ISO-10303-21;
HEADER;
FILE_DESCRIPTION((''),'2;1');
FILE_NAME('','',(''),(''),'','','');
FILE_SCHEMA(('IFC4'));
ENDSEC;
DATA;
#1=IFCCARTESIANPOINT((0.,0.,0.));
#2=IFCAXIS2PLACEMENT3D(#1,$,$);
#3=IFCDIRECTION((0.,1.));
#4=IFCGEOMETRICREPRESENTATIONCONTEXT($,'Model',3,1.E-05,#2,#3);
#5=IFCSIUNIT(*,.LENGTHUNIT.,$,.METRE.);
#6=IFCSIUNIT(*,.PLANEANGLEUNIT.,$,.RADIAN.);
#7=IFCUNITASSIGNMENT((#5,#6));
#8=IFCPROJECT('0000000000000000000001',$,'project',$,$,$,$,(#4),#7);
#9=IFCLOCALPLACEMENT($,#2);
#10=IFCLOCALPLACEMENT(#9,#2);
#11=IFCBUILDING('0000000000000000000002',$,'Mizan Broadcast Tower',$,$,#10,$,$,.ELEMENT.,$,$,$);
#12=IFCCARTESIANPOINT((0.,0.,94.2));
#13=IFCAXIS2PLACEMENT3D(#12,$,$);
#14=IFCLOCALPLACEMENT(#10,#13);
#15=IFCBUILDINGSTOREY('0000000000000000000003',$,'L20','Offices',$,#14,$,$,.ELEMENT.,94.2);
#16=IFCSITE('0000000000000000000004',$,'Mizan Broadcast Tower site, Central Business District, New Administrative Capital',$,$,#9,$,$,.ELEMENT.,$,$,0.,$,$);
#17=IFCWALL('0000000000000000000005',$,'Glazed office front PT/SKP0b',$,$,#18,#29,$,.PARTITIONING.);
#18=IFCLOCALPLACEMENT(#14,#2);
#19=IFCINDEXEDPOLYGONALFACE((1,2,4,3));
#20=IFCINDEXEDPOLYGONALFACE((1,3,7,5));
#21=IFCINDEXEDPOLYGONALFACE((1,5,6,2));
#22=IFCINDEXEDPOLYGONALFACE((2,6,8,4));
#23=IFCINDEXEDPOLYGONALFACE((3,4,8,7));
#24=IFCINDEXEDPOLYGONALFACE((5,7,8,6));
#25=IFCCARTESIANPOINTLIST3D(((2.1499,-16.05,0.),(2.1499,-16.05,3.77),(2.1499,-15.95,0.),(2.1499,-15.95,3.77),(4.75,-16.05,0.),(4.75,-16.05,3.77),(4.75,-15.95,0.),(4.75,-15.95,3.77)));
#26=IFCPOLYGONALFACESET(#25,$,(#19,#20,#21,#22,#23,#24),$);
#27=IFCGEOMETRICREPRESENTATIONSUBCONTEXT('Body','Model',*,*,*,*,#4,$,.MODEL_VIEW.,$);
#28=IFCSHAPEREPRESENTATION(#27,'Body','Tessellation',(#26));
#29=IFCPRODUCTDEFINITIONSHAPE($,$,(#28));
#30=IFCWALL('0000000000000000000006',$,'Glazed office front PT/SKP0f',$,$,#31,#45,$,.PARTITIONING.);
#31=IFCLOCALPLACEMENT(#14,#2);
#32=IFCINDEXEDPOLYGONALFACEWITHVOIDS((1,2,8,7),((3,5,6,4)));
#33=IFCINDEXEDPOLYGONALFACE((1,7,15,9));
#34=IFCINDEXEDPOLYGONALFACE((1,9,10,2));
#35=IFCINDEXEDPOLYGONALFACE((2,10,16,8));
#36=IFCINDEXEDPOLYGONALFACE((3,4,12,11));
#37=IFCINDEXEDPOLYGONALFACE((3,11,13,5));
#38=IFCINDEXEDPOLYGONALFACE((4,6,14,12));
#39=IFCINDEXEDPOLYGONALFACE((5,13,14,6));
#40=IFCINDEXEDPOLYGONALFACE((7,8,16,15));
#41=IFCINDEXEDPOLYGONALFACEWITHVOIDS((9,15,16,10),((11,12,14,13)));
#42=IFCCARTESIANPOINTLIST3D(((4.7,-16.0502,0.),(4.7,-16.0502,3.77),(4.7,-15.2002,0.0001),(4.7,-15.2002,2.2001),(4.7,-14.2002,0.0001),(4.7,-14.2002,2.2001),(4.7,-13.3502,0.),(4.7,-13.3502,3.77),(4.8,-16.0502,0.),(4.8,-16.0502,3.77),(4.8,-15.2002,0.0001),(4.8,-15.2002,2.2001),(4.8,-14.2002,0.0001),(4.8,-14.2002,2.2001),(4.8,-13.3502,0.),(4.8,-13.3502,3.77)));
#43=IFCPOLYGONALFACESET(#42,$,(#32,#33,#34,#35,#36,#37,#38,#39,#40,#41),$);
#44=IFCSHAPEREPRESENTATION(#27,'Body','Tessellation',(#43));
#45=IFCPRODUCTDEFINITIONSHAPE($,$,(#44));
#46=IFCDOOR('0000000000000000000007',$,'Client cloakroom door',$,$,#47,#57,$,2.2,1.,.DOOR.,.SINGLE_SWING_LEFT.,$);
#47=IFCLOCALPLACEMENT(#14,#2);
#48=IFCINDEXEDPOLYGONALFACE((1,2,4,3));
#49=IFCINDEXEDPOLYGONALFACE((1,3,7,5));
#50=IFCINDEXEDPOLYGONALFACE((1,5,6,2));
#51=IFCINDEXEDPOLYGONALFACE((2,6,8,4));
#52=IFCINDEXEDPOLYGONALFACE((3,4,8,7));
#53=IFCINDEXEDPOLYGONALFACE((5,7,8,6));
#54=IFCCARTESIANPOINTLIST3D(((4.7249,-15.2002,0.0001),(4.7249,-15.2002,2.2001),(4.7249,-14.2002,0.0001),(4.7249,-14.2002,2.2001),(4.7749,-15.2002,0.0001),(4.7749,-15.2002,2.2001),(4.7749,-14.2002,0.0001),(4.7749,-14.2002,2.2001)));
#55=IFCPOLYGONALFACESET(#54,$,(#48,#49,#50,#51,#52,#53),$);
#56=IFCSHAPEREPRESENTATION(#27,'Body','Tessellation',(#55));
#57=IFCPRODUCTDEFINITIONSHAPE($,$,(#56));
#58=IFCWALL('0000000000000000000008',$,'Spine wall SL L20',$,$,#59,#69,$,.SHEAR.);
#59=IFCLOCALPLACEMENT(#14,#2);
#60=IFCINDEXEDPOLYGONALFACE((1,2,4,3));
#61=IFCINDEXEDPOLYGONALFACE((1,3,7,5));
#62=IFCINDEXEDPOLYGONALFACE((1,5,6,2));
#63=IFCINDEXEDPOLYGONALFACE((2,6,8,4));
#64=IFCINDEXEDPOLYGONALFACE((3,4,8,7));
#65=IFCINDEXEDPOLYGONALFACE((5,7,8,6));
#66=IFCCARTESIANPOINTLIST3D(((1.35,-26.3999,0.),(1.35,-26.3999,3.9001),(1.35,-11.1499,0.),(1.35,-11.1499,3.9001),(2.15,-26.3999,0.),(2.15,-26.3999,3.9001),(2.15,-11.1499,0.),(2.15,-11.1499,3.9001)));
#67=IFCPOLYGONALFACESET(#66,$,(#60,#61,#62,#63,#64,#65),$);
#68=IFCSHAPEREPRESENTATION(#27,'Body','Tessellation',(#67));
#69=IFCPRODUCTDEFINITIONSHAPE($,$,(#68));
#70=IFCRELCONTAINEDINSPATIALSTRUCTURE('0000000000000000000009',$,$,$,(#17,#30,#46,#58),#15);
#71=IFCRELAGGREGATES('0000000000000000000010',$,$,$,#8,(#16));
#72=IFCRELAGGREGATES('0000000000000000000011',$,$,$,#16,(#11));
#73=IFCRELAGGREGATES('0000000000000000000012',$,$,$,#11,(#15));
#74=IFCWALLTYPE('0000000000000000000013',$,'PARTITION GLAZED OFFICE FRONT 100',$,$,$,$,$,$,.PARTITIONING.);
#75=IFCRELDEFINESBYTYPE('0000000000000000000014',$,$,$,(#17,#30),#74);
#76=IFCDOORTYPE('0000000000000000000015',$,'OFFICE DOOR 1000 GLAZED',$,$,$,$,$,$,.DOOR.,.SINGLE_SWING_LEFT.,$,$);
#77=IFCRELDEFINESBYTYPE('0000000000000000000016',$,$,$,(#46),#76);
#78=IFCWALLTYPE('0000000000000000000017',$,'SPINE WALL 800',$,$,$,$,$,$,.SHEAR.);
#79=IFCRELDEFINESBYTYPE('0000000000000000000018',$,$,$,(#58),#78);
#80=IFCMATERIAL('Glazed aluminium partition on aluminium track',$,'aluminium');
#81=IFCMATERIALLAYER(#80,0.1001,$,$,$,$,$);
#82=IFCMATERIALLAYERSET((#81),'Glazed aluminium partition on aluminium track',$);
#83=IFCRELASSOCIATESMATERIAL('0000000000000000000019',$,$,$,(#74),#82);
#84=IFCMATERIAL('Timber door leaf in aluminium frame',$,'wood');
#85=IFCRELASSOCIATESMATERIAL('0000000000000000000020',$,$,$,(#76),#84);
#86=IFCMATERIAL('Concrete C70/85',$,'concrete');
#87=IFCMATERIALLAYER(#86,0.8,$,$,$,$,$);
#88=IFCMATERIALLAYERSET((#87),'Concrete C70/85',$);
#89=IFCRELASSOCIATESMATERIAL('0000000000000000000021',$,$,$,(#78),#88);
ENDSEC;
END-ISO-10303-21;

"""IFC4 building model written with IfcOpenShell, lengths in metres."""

from ifc_helpers import new_model, si_unit, direction, frame, frame_2d, origin, place, context, subcontext, project, spatial, rectangle, extrude, material, layer, layer_set, type_object, element, fill, save


model = new_model("IFC4")

# Units and contexts
model_context = context("Model", 3, precision=1e-05, world=origin(), true_north=direction((0.0, 1.0)))
body_context = subcontext(model_context, "Body", "Model", "MODEL_VIEW")
ifc_project = project(units=[si_unit("LENGTHUNIT", "METRE"), si_unit("PLANEANGLEUNIT", "RADIAN")], contexts=[model_context])

# Site, building, storey
site_placement = place(None, origin())
site = spatial("IfcSite", under=ifc_project, at=site_placement, Name="Mizan Broadcast Tower site, Central Business District, New Administrative Capital", CompositionType="ELEMENT", RefElevation=0.0)
building_placement = place(site_placement, origin())
building = spatial("IfcBuilding", under=site, at=building_placement, Name="Mizan Broadcast Tower", CompositionType="ELEMENT")
storey_placement = place(building_placement, frame((0.0, 0.0, 94.2)))
storey = spatial("IfcBuildingStorey", under=building, at=storey_placement, Name="L20", Description="Offices", CompositionType="ELEMENT", Elevation=94.2)

# Wall
ifc_material_1 = material(Name="Glazed aluminium partition on aluminium track", Category="aluminium")
ifc_layer_1 = layer(ifc_material_1, 0.1001)
ifc_layer_set_1 = layer_set([ifc_layer_1], Name="Glazed aluminium partition on aluminium track")
wall_type_1 = type_object("IfcWallType", Name="PARTITION GLAZED OFFICE FRONT 100", PredefinedType="PARTITIONING", material=ifc_layer_set_1)
for number, where, z_axis, x_axis, name in (
    (1, (2.1499, -16.0, 0.0), (0.0, 0.0, 1.0), (1.0, 0.0, 0.0), "Glazed office front PT/SKP0b"),
):
    element("IfcWall", number, at=place(storey_placement, frame(where, z_axis=z_axis, x_axis=x_axis)), inside=storey, type_object=wall_type_1, Name=name, PredefinedType="PARTITIONING", context=body_context, shape_type="SweptSolid", body=[
        extrude(rectangle(XDim=2.6001, YDim=0.1001, at=frame_2d((1.3, 0.0))), origin(), (0.0, 0.0, 1.0), 3.77),
    ])

# Wall, opening, door
wall_1_placement = place(storey_placement, frame((4.75, -13.3501, 0.0), z_axis=(0.0, 0.0, 1.0), x_axis=(0.0, -1.0, 0.0)))
wall_1 = element("IfcWall", 2, at=wall_1_placement, inside=storey, type_object=wall_type_1, Name="Glazed office front PT/SKP0f", PredefinedType="PARTITIONING", context=body_context, shape_type="SweptSolid", body=[
    extrude(rectangle(XDim=2.7, YDim=0.1001, at=frame_2d((1.3501, 0.0))), origin(), (0.0, 0.0, 1.0), 3.77),
])
opening_1_placement = place(wall_1_placement, frame((0.8501, 0.0, 0.0)))
opening_1 = element("IfcOpeningElement", 3, at=opening_1_placement, cuts=wall_1, PredefinedType="OPENING", context=body_context, shape_type="SweptSolid", body=[
    extrude(rectangle(XDim=1.0, YDim=2.2, at=frame_2d((0.5, 1.1001))), frame((0.0, 0.0601, 0.0), z_axis=(0.0, -1.0, 0.0), x_axis=(1.0, 0.0, 0.0)), (0.0, 0.0, 1.0), 0.1201),
])
ifc_material_2 = material(Name="Timber door leaf in aluminium frame", Category="wood")
door_type_1 = type_object("IfcDoorType", Name="OFFICE DOOR 1000 GLAZED", OperationType="SINGLE_SWING_LEFT", PredefinedType="DOOR", material=ifc_material_2)
door_1_placement = place(opening_1_placement, origin())
door_1 = element("IfcDoor", 4, at=door_1_placement, inside=storey, type_object=door_type_1, Name="Client cloakroom door", OperationType="SINGLE_SWING_LEFT", OverallHeight=2.2, OverallWidth=1.0, PredefinedType="DOOR", context=body_context, shape_type="SweptSolid", body=[
    extrude(rectangle(XDim=1.0, YDim=2.2, at=frame_2d((0.5, 1.1001))), frame((0.0, 0.0249, 0.0), z_axis=(0.0, -1.0, 0.0), x_axis=(1.0, 0.0, 0.0)), (0.0, 0.0, 1.0), 0.05),
])
fill(opening_1, door_1)

# Wall
ifc_material_3 = material(Name="Concrete C70/85", Category="concrete")
ifc_layer_2 = layer(ifc_material_3, 0.8)
ifc_layer_set_2 = layer_set([ifc_layer_2], Name="Concrete C70/85")
wall_type_2 = type_object("IfcWallType", Name="SPINE WALL 800", PredefinedType="SHEAR", material=ifc_layer_set_2)
wall_2_placement = place(storey_placement, frame((1.75, -11.1499, 0.0), z_axis=(0.0, 0.0, 1.0), x_axis=(0.0, -1.0, 0.0)))
element("IfcWall", 5, at=wall_2_placement, inside=storey, type_object=wall_type_2, Name="Spine wall SL L20", PredefinedType="SHEAR", context=body_context, shape_type="SweptSolid", body=[
    extrude(rectangle(XDim=15.25, YDim=0.8, at=frame_2d((7.625, 0.0))), origin(), (0.0, 0.0, 1.0), 3.9001),
])

save(model, "model.ifc")
